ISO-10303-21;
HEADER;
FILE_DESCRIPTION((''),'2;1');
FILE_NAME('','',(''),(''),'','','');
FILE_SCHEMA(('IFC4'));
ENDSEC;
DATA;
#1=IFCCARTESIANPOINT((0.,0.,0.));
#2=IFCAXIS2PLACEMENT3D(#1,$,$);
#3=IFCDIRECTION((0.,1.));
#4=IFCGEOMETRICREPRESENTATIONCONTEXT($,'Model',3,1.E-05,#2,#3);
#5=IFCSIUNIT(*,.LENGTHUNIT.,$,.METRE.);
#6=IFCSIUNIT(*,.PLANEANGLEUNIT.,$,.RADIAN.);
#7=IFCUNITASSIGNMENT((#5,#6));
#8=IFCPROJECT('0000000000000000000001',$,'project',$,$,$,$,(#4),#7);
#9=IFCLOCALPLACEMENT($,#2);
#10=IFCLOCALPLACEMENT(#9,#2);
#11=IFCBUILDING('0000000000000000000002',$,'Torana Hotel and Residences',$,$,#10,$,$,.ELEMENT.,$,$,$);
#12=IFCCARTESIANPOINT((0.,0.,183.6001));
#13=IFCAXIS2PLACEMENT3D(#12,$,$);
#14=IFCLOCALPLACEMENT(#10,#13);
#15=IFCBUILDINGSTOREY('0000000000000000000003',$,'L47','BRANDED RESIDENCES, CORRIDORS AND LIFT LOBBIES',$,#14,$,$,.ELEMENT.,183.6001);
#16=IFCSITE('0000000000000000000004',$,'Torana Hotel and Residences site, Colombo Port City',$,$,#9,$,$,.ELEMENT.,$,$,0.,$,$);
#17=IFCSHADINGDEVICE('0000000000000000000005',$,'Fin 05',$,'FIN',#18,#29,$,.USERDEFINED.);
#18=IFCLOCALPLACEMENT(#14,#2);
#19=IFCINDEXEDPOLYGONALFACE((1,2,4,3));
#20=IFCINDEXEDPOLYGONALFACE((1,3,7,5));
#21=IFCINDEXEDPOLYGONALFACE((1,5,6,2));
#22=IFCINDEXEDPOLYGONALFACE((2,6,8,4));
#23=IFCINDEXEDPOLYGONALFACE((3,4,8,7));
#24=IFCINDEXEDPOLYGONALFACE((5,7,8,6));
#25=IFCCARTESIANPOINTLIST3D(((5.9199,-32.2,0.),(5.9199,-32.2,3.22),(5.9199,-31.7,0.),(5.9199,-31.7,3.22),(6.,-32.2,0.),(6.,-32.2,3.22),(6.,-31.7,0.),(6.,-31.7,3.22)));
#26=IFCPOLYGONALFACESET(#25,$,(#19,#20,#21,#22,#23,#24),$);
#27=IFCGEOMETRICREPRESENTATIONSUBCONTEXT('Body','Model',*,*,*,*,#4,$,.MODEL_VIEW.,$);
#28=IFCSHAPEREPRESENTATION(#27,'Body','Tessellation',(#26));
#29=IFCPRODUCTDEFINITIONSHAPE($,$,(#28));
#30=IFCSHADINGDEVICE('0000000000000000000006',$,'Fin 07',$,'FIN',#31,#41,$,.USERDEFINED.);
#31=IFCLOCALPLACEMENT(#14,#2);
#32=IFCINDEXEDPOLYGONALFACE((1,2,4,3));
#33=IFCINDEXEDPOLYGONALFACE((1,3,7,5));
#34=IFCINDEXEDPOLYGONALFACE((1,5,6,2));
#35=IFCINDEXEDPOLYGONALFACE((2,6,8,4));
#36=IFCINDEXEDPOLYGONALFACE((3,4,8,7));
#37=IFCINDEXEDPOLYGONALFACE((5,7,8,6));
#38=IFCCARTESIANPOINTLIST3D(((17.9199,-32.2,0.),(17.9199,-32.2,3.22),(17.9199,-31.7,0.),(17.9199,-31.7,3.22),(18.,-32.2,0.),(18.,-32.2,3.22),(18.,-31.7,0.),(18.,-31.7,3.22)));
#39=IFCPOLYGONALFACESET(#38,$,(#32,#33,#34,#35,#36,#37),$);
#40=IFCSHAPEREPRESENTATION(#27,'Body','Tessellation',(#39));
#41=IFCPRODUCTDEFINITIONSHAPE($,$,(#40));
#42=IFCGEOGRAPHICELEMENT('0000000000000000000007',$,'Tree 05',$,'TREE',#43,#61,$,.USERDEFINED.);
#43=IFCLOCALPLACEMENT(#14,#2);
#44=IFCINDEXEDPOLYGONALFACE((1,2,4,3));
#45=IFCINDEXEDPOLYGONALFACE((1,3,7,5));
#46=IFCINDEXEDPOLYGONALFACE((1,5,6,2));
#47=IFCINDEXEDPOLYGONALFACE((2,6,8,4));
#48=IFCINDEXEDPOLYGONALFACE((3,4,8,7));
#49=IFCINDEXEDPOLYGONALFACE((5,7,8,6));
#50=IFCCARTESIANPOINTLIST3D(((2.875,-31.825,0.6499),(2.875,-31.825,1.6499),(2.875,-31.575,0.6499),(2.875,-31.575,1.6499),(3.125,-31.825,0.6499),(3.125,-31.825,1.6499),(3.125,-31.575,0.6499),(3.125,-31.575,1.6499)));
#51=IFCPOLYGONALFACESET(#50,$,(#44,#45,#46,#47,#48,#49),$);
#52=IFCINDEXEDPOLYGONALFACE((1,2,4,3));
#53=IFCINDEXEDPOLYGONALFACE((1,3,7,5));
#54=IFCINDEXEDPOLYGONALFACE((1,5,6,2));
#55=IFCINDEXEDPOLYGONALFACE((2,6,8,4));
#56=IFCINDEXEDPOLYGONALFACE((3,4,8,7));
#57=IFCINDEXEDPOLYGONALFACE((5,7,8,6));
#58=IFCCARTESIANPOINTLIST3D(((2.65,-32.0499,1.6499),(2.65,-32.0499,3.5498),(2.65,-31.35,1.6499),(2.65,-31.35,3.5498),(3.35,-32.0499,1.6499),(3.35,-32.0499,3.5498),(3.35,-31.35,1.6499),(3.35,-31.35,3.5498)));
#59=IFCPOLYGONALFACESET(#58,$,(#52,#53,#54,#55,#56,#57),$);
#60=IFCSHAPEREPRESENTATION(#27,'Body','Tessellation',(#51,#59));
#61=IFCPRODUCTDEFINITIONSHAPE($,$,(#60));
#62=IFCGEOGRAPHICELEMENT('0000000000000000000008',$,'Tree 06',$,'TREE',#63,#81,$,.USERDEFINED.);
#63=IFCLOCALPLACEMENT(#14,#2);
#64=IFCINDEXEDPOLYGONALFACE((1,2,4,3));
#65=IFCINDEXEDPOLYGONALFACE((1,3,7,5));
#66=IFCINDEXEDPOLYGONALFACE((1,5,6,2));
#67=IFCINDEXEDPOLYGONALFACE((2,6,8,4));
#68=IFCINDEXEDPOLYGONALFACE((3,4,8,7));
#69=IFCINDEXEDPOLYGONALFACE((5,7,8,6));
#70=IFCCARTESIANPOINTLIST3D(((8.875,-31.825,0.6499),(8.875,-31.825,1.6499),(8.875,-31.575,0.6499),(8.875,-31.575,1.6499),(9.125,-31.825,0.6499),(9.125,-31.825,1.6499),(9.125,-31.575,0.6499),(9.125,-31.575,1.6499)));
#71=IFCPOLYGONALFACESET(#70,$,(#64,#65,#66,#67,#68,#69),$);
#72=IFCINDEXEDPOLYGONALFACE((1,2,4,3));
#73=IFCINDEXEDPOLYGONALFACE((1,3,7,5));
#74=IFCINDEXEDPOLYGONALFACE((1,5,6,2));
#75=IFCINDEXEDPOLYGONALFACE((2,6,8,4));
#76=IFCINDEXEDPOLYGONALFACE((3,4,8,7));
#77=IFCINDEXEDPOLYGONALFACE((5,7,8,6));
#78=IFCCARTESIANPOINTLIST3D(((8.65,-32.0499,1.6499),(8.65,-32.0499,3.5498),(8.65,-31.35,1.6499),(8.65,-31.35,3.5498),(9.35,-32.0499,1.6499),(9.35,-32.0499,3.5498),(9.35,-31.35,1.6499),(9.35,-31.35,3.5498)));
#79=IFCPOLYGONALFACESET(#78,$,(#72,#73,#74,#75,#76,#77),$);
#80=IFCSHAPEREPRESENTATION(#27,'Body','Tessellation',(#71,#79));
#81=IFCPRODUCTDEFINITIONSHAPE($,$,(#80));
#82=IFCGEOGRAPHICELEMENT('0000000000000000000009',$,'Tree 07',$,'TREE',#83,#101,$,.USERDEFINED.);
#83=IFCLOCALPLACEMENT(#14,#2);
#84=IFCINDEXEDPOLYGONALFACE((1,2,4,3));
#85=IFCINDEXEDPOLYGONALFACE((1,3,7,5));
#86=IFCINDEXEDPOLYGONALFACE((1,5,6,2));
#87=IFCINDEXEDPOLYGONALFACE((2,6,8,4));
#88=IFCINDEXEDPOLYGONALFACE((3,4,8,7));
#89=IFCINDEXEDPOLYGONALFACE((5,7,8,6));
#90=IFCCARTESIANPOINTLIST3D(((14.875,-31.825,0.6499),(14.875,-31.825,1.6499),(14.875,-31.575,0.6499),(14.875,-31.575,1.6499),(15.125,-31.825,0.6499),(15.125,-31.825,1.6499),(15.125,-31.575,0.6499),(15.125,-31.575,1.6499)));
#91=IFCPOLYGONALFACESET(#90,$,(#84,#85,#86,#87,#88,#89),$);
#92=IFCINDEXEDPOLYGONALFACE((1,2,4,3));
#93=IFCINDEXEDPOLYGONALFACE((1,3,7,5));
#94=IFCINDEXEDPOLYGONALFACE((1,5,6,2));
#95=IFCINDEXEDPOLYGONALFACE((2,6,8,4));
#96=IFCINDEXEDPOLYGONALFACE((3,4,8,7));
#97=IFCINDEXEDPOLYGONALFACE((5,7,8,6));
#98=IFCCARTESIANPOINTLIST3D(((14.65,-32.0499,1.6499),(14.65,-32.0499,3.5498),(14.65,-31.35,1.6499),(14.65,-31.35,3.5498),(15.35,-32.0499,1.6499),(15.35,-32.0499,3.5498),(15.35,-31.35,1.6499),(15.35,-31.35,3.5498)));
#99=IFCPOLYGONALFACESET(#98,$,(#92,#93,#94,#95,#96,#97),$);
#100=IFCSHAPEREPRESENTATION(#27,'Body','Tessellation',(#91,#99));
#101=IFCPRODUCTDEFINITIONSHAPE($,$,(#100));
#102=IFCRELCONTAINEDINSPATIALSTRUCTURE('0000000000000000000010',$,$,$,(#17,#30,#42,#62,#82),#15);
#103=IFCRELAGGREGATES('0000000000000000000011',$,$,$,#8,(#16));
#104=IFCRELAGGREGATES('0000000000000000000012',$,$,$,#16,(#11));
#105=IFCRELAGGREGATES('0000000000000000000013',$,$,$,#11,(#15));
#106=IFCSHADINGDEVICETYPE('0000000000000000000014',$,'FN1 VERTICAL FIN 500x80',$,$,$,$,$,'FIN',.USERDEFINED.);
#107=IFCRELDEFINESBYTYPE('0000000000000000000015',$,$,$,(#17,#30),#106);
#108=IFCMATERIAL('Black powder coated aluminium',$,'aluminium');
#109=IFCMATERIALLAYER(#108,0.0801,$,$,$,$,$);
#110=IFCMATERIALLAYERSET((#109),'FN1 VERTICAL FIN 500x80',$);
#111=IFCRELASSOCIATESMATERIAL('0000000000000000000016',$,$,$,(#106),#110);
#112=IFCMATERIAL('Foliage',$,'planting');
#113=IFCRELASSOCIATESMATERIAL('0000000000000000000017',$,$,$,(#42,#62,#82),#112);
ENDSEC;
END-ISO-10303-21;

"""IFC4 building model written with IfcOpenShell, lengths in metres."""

from ifc_helpers import new_model, si_unit, direction, frame, origin, origin_2d, place, context, subcontext, project, spatial, rectangle, extrude, material, layer, layer_set, type_object, element, save


model = new_model("IFC4")

# Units and contexts
model_context = context("Model", 3, precision=1e-05, world=origin(), true_north=direction((0.0, 1.0)))
body_context = subcontext(model_context, "Body", "Model", "MODEL_VIEW")
ifc_project = project(units=[si_unit("LENGTHUNIT", "METRE"), si_unit("PLANEANGLEUNIT", "RADIAN")], contexts=[model_context])

# Site, building, storey
site_placement = place(None, origin())
site = spatial("IfcSite", under=ifc_project, at=site_placement, Name="Torana Hotel and Residences site, Colombo Port City", CompositionType="ELEMENT", RefElevation=0.0)
building_placement = place(site_placement, origin())
building = spatial("IfcBuilding", under=site, at=building_placement, Name="Torana Hotel and Residences", CompositionType="ELEMENT")
storey_placement = place(building_placement, frame((0.0, 0.0, 183.6001)))
storey = spatial("IfcBuildingStorey", under=building, at=storey_placement, Name="L47", Description="BRANDED RESIDENCES, CORRIDORS AND LIFT LOBBIES", CompositionType="ELEMENT", Elevation=183.6001)

# Shading devices
ifc_material_1 = material(Name="Black powder coated aluminium", Category="aluminium")
ifc_layer_1 = layer(ifc_material_1, 0.0801)
ifc_layer_set_1 = layer_set([ifc_layer_1], Name="FN1 VERTICAL FIN 500x80")
shading_device_type = type_object("IfcShadingDeviceType", Name="FN1 VERTICAL FIN 500x80", ElementType="FIN", PredefinedType="USERDEFINED", material=ifc_layer_set_1)
for number, where, z_axis, x_axis, name in (
    (1, (5.96, -31.95, 0.0), (0.0, 0.0, 1.0), (-1.0, 0.0, 0.0), "Fin 05"),
    (2, (17.96, -31.95, 0.0), (0.0, 0.0, 1.0), (-1.0, 0.0, 0.0), "Fin 07"),
):
    element("IfcShadingDevice", number, at=place(storey_placement, frame(where, z_axis=z_axis, x_axis=x_axis)), inside=storey, type_object=shading_device_type, Name=name, ObjectType="FIN", PredefinedType="USERDEFINED", context=body_context, shape_type="SweptSolid", body=[
        extrude(rectangle(XDim=0.0801, YDim=0.5, at=origin_2d()), origin(), (0.0, 0.0, 1.0), 3.22),
    ])

# Geographic elements
ifc_material_2 = material(Name="Foliage", Category="planting")
for number, where, z_axis, x_axis, name in (
    (3, (3.0, -31.7, 0.6499), (0.0, 0.0, 1.0), (1.0, 0.0, 0.0), "Tree 05"),
    (4, (9.0, -31.7, 0.6499), (0.0, 0.0, 1.0), (1.0, 0.0, 0.0), "Tree 06"),
    (5, (15.0, -31.7, 0.6499), (0.0, 0.0, 1.0), (1.0, 0.0, 0.0), "Tree 07"),
):
    element("IfcGeographicElement", number, at=place(storey_placement, frame(where, z_axis=z_axis, x_axis=x_axis)), inside=storey, material=ifc_material_2, Name=name, ObjectType="TREE", PredefinedType="USERDEFINED", context=body_context, shape_type="SweptSolid", body=[
        extrude(rectangle(XDim=0.25, YDim=0.25, at=origin_2d()), origin(), (0.0, 0.0, 1.0), 1.0),
        extrude(rectangle(XDim=0.7, YDim=0.7, at=origin_2d()), frame((0.0, 0.0, 1.0)), (0.0, 0.0, 1.0), 1.8999),
    ])

save(model, "model.ifc")
